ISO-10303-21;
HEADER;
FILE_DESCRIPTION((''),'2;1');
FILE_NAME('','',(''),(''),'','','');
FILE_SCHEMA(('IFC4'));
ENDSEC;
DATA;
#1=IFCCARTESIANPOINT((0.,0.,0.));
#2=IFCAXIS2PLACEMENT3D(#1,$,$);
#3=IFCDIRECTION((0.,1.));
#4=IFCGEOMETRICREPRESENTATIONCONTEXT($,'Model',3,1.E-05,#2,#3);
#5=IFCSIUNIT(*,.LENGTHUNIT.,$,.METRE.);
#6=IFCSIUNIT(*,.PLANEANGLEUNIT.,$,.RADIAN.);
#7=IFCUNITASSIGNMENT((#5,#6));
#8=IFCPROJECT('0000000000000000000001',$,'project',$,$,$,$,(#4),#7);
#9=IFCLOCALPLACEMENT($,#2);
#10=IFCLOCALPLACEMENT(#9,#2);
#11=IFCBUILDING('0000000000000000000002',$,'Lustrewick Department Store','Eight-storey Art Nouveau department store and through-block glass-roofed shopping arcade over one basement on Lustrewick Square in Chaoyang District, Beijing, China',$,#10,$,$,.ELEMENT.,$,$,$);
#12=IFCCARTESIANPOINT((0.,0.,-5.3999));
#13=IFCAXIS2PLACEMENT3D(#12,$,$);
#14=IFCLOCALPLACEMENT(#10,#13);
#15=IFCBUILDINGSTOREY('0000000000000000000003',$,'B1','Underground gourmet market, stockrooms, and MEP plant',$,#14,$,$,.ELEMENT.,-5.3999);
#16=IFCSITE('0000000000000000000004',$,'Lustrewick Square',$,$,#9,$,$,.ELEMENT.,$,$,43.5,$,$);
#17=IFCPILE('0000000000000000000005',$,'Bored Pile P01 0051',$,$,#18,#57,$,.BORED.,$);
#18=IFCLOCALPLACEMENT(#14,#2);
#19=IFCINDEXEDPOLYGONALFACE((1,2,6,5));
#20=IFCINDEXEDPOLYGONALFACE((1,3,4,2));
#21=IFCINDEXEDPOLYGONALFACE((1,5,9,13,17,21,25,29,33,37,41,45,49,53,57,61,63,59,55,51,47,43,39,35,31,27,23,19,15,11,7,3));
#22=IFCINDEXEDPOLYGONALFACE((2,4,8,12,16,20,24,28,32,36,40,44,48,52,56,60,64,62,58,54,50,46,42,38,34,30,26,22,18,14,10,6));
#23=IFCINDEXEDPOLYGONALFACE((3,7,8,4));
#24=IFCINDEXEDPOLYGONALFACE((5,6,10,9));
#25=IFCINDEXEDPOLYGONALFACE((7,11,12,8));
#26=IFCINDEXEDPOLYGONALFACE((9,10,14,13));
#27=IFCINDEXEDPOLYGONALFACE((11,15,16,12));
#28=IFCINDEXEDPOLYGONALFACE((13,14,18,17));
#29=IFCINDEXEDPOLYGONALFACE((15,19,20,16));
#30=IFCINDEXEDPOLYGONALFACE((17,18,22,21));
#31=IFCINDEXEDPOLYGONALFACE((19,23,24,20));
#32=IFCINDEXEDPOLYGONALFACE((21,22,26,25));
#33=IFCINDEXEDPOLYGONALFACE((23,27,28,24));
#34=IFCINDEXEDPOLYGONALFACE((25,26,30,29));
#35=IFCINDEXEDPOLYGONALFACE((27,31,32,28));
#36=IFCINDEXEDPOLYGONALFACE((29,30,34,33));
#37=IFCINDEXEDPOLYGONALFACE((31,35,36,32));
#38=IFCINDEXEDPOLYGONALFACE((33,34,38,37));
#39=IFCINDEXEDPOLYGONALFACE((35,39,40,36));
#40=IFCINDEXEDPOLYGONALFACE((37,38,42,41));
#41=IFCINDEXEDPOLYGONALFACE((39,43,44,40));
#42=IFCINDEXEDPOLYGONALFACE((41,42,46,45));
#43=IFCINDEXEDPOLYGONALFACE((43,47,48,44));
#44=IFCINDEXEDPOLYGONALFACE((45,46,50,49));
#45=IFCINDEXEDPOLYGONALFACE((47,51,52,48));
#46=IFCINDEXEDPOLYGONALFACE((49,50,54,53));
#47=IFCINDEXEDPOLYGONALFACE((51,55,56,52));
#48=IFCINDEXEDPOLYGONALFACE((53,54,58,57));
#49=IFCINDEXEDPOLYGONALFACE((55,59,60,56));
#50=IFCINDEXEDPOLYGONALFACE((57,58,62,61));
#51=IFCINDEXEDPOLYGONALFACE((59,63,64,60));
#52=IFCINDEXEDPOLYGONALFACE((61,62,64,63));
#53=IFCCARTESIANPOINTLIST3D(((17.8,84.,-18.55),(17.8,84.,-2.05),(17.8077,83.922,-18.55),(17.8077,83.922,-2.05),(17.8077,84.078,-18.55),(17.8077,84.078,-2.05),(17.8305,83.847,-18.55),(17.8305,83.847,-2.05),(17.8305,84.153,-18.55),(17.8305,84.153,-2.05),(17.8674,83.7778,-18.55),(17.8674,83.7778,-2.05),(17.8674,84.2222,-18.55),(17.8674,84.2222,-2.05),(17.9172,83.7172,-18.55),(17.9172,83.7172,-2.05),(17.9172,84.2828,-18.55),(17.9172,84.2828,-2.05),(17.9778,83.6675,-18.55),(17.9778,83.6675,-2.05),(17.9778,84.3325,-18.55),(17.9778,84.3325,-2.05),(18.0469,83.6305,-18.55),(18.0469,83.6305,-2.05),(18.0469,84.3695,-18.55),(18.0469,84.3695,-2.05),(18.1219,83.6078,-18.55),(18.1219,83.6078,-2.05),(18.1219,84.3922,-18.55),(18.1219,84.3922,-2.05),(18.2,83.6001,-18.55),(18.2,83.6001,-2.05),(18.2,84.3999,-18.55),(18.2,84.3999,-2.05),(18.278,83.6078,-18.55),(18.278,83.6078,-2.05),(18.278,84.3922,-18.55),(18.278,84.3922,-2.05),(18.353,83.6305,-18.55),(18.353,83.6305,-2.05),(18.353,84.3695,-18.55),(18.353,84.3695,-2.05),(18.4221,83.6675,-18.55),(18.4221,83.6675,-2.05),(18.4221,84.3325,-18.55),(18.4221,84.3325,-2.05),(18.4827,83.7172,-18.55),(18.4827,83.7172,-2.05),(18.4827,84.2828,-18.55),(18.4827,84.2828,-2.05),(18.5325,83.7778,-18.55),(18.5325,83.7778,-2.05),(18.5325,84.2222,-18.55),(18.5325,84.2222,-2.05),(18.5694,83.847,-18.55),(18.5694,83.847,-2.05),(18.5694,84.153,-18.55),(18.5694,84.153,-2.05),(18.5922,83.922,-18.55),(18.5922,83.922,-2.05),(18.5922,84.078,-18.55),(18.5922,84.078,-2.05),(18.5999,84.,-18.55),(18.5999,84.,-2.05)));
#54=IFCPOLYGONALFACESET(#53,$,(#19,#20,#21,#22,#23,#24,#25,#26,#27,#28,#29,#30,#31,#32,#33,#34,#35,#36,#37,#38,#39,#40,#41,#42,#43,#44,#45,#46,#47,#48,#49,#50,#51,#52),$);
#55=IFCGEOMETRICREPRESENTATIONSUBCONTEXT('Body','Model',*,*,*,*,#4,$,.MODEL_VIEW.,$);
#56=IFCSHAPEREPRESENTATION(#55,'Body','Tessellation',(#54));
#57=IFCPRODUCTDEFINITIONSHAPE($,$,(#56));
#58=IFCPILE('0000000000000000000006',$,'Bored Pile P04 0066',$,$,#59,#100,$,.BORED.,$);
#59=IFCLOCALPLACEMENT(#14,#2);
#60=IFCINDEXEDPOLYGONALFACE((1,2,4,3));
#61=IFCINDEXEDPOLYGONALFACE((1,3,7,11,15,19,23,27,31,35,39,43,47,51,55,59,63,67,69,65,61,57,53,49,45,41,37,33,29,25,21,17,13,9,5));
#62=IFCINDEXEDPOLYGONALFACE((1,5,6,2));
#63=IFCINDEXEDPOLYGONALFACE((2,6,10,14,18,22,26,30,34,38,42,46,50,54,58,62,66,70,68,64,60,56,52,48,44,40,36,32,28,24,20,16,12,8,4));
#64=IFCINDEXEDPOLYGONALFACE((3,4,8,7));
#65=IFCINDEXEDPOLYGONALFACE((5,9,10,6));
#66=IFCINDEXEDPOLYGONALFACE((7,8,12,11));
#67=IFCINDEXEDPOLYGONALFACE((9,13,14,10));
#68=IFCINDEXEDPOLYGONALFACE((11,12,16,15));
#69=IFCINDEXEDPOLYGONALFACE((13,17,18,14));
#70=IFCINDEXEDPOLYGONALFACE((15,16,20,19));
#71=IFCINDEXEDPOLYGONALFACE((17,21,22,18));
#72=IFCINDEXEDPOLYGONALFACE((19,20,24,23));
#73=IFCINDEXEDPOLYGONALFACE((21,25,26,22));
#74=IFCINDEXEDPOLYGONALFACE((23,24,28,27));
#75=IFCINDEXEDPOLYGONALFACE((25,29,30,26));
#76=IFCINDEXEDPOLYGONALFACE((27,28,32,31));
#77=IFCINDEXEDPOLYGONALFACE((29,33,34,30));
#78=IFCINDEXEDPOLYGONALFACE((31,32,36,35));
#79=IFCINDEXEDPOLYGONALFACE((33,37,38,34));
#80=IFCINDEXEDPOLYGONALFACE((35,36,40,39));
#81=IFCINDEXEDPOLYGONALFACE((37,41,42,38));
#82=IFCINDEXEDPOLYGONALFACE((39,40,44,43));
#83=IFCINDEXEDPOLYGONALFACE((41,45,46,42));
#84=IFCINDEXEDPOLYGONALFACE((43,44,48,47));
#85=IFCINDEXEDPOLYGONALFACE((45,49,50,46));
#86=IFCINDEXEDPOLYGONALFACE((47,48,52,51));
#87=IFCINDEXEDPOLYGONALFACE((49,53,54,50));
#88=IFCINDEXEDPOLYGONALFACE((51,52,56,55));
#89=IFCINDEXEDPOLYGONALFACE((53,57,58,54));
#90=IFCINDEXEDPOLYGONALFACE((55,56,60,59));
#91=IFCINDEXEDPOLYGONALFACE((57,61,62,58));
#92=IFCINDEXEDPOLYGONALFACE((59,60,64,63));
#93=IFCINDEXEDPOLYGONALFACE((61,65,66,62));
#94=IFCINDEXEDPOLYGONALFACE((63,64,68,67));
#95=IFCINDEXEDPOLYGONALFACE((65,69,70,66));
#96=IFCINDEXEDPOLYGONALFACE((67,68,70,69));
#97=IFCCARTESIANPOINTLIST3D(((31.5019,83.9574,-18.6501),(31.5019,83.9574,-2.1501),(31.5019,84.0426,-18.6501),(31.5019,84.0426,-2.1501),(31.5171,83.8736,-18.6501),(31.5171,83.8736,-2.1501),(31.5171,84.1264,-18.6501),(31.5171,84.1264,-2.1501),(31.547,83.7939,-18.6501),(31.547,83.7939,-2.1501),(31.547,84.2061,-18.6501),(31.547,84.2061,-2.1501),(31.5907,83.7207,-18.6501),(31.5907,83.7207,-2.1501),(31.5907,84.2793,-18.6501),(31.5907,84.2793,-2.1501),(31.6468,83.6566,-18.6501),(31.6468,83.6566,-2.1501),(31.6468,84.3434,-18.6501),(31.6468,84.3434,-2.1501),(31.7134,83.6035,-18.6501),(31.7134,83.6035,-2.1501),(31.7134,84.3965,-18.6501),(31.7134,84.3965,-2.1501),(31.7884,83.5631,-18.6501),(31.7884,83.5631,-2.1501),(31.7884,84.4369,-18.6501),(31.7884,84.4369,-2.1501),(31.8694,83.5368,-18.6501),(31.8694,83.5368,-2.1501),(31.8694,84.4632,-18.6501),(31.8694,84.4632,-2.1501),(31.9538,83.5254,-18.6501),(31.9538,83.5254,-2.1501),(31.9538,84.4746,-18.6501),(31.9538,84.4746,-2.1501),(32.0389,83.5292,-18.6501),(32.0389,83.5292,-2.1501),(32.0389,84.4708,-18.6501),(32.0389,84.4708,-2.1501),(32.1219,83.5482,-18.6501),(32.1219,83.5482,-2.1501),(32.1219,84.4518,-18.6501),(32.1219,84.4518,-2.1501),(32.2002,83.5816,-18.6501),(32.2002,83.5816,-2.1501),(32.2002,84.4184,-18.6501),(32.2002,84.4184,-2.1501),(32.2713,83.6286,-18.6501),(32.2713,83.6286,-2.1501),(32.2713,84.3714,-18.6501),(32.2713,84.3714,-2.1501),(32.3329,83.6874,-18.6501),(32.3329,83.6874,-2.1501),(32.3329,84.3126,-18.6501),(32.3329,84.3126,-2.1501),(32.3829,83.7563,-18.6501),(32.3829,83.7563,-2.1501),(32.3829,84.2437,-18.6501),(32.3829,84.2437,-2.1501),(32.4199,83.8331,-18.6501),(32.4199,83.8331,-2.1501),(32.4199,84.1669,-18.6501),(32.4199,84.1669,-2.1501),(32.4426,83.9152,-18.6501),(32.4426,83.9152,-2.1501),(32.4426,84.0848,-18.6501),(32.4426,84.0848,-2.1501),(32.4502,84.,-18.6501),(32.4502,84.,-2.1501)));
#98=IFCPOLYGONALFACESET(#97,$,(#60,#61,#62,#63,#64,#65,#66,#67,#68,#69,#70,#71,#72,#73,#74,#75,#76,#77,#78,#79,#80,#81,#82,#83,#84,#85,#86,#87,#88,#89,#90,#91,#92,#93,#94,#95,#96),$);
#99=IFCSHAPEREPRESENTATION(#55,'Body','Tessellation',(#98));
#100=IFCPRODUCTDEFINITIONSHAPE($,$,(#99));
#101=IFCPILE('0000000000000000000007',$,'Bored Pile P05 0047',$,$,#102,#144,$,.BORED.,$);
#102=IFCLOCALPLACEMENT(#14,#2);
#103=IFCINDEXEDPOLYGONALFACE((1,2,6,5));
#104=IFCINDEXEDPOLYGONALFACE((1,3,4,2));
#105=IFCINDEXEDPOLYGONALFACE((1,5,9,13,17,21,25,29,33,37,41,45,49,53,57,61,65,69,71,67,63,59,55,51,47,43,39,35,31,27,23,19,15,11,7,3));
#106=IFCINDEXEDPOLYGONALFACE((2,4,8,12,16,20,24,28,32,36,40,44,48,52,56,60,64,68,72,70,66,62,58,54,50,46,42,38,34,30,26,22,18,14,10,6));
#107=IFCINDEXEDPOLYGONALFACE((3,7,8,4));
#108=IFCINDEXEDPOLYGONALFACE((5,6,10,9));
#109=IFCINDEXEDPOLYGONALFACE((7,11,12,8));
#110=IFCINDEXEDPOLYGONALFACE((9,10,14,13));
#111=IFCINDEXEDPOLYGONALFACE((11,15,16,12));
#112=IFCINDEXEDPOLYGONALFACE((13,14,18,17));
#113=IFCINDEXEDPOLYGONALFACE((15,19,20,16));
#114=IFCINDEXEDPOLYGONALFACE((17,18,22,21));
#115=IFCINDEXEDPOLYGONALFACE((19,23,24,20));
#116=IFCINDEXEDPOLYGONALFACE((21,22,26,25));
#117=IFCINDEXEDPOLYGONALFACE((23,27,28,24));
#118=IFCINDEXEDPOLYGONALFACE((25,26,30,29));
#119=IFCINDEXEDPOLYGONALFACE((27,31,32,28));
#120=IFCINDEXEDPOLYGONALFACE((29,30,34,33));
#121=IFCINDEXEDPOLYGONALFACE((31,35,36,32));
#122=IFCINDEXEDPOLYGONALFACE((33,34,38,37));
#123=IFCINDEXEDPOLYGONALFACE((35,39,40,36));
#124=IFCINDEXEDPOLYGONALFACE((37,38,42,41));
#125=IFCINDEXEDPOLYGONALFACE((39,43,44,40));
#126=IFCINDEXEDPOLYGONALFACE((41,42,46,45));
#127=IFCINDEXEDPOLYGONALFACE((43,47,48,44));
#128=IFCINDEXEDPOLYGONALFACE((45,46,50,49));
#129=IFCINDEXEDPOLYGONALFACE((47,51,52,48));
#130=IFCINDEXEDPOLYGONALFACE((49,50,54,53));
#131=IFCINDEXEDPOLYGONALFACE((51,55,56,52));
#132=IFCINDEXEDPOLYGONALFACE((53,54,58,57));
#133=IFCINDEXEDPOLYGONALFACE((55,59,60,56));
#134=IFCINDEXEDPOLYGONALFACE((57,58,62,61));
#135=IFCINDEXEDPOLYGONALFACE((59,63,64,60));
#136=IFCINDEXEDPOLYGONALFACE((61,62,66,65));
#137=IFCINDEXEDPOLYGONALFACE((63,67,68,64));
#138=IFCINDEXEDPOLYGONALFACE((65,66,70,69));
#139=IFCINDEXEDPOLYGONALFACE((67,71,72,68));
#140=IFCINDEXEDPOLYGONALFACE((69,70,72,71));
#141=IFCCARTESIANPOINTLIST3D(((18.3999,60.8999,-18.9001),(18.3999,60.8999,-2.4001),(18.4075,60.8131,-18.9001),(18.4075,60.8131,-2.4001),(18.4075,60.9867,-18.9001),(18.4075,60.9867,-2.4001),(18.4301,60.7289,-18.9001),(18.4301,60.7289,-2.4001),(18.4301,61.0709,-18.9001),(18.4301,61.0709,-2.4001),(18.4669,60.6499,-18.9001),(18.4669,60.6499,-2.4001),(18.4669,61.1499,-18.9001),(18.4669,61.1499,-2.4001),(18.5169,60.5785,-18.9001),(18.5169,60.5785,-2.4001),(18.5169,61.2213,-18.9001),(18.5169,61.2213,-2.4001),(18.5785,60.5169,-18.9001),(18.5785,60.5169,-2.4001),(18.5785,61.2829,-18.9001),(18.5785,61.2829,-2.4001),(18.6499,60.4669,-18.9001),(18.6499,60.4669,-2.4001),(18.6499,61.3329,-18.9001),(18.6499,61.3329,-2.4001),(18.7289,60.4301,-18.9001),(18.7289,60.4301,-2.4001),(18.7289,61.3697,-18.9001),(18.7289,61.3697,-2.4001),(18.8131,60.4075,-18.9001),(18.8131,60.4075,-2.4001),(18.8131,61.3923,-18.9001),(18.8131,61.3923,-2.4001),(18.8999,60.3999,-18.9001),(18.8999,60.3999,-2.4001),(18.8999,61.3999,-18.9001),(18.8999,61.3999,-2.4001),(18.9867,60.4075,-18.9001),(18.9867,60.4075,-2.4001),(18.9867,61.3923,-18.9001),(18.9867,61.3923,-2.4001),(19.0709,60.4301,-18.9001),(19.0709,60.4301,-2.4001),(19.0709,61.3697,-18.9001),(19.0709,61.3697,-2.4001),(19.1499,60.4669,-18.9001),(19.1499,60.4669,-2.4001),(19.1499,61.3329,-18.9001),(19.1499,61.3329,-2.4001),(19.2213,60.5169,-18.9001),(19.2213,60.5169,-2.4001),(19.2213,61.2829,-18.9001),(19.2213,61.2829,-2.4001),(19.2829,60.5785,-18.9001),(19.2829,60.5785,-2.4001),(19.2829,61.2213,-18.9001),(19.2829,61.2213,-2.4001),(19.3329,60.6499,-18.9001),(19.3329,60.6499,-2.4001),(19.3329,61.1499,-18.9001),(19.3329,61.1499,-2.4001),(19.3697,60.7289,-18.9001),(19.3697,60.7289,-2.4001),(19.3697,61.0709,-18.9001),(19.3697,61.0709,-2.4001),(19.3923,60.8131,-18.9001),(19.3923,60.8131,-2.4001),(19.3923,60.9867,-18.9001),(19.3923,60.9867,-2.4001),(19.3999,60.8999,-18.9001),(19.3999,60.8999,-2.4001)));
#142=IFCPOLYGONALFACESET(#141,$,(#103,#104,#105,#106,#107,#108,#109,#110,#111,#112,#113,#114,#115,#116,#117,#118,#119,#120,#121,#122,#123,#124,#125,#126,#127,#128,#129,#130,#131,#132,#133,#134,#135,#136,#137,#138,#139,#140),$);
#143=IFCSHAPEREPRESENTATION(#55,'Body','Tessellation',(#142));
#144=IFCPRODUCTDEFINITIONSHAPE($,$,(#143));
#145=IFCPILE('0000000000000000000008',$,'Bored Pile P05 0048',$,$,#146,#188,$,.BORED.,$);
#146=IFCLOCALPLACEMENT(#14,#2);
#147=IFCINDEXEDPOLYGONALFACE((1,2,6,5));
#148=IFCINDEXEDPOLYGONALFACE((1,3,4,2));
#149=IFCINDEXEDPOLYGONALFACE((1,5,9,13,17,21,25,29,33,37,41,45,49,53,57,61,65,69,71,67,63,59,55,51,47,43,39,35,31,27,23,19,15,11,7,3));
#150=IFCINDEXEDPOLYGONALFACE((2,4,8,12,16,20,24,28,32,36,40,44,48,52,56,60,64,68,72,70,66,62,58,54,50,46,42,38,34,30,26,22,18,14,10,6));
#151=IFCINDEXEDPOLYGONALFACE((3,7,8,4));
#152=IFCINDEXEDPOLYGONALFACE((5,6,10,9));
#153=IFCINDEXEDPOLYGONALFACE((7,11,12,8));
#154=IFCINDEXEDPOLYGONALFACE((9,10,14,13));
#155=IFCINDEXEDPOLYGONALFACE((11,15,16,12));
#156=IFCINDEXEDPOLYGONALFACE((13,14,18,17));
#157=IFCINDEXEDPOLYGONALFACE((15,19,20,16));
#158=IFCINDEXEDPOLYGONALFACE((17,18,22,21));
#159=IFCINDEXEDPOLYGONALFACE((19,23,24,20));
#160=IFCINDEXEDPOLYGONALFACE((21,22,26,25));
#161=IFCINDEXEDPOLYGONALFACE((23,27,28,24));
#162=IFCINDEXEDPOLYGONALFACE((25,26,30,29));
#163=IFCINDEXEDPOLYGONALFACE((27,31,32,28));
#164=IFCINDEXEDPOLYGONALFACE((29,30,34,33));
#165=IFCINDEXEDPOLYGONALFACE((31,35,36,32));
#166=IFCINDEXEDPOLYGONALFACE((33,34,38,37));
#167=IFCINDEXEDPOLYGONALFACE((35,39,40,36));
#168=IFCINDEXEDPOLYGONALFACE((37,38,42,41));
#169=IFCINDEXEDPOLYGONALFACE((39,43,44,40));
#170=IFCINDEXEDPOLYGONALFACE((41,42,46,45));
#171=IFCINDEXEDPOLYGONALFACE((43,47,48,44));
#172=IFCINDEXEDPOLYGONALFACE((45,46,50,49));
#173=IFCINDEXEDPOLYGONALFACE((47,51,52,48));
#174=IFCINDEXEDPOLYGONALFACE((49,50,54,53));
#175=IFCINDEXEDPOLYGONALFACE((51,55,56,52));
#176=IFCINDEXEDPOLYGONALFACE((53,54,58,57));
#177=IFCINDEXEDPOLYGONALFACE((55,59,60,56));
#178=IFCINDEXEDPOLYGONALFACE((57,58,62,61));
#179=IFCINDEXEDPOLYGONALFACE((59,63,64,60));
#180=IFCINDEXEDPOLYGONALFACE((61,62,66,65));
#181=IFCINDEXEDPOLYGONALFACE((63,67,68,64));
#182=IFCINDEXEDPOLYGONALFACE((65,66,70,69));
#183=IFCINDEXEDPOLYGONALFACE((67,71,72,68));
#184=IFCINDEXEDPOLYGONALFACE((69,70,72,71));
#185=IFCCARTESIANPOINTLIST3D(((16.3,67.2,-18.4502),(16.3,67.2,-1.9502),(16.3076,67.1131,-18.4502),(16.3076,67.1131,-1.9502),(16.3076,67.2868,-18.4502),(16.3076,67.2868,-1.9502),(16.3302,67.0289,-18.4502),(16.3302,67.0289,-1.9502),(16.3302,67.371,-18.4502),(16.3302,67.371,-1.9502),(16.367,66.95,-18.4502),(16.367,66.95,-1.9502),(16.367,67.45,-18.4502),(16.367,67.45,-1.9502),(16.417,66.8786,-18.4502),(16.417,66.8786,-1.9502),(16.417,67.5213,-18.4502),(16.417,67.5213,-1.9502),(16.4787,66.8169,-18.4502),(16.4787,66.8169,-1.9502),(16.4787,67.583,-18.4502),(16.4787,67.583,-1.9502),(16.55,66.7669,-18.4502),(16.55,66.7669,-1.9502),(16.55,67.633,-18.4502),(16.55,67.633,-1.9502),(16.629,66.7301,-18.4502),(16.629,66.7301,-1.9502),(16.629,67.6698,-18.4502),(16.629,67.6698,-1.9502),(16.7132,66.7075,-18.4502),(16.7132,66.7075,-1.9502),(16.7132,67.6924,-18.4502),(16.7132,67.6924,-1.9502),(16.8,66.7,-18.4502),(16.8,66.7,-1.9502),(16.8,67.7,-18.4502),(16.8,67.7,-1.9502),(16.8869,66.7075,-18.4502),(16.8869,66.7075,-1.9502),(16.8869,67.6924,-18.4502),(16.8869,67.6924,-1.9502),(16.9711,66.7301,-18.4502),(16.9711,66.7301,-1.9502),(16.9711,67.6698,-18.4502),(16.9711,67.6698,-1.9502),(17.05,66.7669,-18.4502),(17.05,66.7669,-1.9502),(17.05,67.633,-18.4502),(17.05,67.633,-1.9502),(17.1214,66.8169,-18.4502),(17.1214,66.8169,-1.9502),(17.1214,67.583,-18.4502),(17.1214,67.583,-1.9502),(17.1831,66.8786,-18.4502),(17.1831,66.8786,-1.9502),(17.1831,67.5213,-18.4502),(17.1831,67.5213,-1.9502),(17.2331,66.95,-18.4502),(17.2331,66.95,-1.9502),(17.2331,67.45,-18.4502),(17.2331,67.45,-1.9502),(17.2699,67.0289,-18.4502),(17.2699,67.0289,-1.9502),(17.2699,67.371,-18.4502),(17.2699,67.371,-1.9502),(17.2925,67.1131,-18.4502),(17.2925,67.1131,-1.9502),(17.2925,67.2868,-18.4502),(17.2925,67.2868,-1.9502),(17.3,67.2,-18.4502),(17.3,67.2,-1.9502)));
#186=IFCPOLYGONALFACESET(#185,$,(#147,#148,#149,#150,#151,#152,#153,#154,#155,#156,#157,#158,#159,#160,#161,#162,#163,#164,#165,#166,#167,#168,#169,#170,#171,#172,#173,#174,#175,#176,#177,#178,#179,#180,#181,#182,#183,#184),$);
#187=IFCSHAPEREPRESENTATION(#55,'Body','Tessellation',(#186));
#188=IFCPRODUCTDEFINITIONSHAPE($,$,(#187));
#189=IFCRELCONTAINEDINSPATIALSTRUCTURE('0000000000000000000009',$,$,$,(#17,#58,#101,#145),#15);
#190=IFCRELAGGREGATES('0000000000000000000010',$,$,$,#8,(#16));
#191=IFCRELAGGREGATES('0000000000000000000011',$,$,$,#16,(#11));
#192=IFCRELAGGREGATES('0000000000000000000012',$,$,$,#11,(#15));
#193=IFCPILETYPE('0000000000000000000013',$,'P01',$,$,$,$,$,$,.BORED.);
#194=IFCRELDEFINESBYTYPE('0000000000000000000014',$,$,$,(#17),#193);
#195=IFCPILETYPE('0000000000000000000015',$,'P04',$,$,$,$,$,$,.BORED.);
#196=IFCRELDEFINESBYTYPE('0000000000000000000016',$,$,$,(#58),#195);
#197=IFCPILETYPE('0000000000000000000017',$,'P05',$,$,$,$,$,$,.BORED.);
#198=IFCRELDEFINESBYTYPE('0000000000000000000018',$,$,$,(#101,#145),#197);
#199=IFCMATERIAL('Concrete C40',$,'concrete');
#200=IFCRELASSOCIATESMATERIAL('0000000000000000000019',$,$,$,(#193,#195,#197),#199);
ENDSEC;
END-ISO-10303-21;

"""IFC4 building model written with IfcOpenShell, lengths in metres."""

from ifc_helpers import new_model, si_unit, direction, frame, origin, origin_2d, place, context, subcontext, project, spatial, circle, extrude, material, material_profile, profile_set, type_object, element, save


model = new_model("IFC4")

# Units and contexts
model_context = context("Model", 3, precision=1e-05, world=origin(), true_north=direction((0.0, 1.0)))
body_context = subcontext(model_context, "Body", "Model", "MODEL_VIEW")
ifc_project = project(units=[si_unit("LENGTHUNIT", "METRE"), si_unit("PLANEANGLEUNIT", "RADIAN")], contexts=[model_context])

# Site, building, storey
site_placement = place(None, origin())
site = spatial("IfcSite", under=ifc_project, at=site_placement, Name="Lustrewick Square", CompositionType="ELEMENT", RefElevation=43.5)
building_placement = place(site_placement, origin())
building = spatial("IfcBuilding", under=site, at=building_placement, Name="Lustrewick Department Store", Description="Eight-storey Art Nouveau department store and through-block glass-roofed shopping arcade over one basement on Lustrewick Square in Chaoyang District, Beijing, China", CompositionType="ELEMENT")
storey_placement = place(building_placement, frame((0.0, 0.0, -5.3999)))
storey = spatial("IfcBuildingStorey", under=building, at=storey_placement, Name="B1", Description="Underground gourmet market, stockrooms, and MEP plant", CompositionType="ELEMENT", Elevation=-5.3999)

# Piles
ifc_material_1 = material(Name="Concrete C40", Category="concrete")
ifc_material_profile_1 = material_profile(ifc_material_1, circle(Radius=0.3999, at=origin_2d()), Name="PILE D800")
ifc_profile_set_1 = profile_set([ifc_material_profile_1], Name="Concrete C40")
pile_type_1 = type_object("IfcPileType", Name="P01", PredefinedType="BORED", material=ifc_profile_set_1)
pile_1_placement = place(storey_placement, frame((18.2, 84.0, -2.05), z_axis=(0.0, 0.0, -1.0), x_axis=(1.0, 0.0, 0.0)))
element("IfcPile", 1, at=pile_1_placement, inside=storey, type_object=pile_type_1, Name="Bored Pile P01 0051", PredefinedType="BORED", context=body_context, shape_type="SweptSolid", body=[
    extrude(circle(Radius=0.3999, at=origin_2d()), origin(), (0.0, 0.0, 1.0), 16.5),
])
ifc_material_profile_2 = material_profile(ifc_material_1, circle(Radius=0.4751, at=origin_2d()), Name="PILE D950")
ifc_profile_set_2 = profile_set([ifc_material_profile_2], Name="Concrete C40")
pile_type_2 = type_object("IfcPileType", Name="P04", PredefinedType="BORED", material=ifc_profile_set_2)
pile_2_placement = place(storey_placement, frame((31.9751, 84.0, -2.1501), z_axis=(0.0, 0.0, -1.0), x_axis=(1.0, 0.0, 0.0)))
element("IfcPile", 2, at=pile_2_placement, inside=storey, type_object=pile_type_2, Name="Bored Pile P04 0066", PredefinedType="BORED", context=body_context, shape_type="SweptSolid", body=[
    extrude(circle(Radius=0.4751, at=origin_2d()), origin(), (0.0, 0.0, 1.0), 16.5),
])
ifc_material_profile_3 = material_profile(ifc_material_1, circle(Radius=0.5, at=origin_2d()), Name="PILE D1000")
ifc_profile_set_3 = profile_set([ifc_material_profile_3], Name="Concrete C40")
pile_type_3 = type_object("IfcPileType", Name="P05", PredefinedType="BORED", material=ifc_profile_set_3)
for number, where, z_axis, x_axis, name in (
    (3, (18.8999, 60.8999, -2.4001), (0.0, 0.0, -1.0), (1.0, 0.0, 0.0), "Bored Pile P05 0047"),
    (4, (16.8, 67.2, -1.9502), (0.0, 0.0, -1.0), (1.0, 0.0, 0.0), "Bored Pile P05 0048"),
):
    element("IfcPile", number, at=place(storey_placement, frame(where, z_axis=z_axis, x_axis=x_axis)), inside=storey, type_object=pile_type_3, Name=name, PredefinedType="BORED", context=body_context, shape_type="SweptSolid", body=[
        extrude(circle(Radius=0.5, at=origin_2d()), origin(), (0.0, 0.0, 1.0), 16.5),
    ])

save(model, "model.ifc")
